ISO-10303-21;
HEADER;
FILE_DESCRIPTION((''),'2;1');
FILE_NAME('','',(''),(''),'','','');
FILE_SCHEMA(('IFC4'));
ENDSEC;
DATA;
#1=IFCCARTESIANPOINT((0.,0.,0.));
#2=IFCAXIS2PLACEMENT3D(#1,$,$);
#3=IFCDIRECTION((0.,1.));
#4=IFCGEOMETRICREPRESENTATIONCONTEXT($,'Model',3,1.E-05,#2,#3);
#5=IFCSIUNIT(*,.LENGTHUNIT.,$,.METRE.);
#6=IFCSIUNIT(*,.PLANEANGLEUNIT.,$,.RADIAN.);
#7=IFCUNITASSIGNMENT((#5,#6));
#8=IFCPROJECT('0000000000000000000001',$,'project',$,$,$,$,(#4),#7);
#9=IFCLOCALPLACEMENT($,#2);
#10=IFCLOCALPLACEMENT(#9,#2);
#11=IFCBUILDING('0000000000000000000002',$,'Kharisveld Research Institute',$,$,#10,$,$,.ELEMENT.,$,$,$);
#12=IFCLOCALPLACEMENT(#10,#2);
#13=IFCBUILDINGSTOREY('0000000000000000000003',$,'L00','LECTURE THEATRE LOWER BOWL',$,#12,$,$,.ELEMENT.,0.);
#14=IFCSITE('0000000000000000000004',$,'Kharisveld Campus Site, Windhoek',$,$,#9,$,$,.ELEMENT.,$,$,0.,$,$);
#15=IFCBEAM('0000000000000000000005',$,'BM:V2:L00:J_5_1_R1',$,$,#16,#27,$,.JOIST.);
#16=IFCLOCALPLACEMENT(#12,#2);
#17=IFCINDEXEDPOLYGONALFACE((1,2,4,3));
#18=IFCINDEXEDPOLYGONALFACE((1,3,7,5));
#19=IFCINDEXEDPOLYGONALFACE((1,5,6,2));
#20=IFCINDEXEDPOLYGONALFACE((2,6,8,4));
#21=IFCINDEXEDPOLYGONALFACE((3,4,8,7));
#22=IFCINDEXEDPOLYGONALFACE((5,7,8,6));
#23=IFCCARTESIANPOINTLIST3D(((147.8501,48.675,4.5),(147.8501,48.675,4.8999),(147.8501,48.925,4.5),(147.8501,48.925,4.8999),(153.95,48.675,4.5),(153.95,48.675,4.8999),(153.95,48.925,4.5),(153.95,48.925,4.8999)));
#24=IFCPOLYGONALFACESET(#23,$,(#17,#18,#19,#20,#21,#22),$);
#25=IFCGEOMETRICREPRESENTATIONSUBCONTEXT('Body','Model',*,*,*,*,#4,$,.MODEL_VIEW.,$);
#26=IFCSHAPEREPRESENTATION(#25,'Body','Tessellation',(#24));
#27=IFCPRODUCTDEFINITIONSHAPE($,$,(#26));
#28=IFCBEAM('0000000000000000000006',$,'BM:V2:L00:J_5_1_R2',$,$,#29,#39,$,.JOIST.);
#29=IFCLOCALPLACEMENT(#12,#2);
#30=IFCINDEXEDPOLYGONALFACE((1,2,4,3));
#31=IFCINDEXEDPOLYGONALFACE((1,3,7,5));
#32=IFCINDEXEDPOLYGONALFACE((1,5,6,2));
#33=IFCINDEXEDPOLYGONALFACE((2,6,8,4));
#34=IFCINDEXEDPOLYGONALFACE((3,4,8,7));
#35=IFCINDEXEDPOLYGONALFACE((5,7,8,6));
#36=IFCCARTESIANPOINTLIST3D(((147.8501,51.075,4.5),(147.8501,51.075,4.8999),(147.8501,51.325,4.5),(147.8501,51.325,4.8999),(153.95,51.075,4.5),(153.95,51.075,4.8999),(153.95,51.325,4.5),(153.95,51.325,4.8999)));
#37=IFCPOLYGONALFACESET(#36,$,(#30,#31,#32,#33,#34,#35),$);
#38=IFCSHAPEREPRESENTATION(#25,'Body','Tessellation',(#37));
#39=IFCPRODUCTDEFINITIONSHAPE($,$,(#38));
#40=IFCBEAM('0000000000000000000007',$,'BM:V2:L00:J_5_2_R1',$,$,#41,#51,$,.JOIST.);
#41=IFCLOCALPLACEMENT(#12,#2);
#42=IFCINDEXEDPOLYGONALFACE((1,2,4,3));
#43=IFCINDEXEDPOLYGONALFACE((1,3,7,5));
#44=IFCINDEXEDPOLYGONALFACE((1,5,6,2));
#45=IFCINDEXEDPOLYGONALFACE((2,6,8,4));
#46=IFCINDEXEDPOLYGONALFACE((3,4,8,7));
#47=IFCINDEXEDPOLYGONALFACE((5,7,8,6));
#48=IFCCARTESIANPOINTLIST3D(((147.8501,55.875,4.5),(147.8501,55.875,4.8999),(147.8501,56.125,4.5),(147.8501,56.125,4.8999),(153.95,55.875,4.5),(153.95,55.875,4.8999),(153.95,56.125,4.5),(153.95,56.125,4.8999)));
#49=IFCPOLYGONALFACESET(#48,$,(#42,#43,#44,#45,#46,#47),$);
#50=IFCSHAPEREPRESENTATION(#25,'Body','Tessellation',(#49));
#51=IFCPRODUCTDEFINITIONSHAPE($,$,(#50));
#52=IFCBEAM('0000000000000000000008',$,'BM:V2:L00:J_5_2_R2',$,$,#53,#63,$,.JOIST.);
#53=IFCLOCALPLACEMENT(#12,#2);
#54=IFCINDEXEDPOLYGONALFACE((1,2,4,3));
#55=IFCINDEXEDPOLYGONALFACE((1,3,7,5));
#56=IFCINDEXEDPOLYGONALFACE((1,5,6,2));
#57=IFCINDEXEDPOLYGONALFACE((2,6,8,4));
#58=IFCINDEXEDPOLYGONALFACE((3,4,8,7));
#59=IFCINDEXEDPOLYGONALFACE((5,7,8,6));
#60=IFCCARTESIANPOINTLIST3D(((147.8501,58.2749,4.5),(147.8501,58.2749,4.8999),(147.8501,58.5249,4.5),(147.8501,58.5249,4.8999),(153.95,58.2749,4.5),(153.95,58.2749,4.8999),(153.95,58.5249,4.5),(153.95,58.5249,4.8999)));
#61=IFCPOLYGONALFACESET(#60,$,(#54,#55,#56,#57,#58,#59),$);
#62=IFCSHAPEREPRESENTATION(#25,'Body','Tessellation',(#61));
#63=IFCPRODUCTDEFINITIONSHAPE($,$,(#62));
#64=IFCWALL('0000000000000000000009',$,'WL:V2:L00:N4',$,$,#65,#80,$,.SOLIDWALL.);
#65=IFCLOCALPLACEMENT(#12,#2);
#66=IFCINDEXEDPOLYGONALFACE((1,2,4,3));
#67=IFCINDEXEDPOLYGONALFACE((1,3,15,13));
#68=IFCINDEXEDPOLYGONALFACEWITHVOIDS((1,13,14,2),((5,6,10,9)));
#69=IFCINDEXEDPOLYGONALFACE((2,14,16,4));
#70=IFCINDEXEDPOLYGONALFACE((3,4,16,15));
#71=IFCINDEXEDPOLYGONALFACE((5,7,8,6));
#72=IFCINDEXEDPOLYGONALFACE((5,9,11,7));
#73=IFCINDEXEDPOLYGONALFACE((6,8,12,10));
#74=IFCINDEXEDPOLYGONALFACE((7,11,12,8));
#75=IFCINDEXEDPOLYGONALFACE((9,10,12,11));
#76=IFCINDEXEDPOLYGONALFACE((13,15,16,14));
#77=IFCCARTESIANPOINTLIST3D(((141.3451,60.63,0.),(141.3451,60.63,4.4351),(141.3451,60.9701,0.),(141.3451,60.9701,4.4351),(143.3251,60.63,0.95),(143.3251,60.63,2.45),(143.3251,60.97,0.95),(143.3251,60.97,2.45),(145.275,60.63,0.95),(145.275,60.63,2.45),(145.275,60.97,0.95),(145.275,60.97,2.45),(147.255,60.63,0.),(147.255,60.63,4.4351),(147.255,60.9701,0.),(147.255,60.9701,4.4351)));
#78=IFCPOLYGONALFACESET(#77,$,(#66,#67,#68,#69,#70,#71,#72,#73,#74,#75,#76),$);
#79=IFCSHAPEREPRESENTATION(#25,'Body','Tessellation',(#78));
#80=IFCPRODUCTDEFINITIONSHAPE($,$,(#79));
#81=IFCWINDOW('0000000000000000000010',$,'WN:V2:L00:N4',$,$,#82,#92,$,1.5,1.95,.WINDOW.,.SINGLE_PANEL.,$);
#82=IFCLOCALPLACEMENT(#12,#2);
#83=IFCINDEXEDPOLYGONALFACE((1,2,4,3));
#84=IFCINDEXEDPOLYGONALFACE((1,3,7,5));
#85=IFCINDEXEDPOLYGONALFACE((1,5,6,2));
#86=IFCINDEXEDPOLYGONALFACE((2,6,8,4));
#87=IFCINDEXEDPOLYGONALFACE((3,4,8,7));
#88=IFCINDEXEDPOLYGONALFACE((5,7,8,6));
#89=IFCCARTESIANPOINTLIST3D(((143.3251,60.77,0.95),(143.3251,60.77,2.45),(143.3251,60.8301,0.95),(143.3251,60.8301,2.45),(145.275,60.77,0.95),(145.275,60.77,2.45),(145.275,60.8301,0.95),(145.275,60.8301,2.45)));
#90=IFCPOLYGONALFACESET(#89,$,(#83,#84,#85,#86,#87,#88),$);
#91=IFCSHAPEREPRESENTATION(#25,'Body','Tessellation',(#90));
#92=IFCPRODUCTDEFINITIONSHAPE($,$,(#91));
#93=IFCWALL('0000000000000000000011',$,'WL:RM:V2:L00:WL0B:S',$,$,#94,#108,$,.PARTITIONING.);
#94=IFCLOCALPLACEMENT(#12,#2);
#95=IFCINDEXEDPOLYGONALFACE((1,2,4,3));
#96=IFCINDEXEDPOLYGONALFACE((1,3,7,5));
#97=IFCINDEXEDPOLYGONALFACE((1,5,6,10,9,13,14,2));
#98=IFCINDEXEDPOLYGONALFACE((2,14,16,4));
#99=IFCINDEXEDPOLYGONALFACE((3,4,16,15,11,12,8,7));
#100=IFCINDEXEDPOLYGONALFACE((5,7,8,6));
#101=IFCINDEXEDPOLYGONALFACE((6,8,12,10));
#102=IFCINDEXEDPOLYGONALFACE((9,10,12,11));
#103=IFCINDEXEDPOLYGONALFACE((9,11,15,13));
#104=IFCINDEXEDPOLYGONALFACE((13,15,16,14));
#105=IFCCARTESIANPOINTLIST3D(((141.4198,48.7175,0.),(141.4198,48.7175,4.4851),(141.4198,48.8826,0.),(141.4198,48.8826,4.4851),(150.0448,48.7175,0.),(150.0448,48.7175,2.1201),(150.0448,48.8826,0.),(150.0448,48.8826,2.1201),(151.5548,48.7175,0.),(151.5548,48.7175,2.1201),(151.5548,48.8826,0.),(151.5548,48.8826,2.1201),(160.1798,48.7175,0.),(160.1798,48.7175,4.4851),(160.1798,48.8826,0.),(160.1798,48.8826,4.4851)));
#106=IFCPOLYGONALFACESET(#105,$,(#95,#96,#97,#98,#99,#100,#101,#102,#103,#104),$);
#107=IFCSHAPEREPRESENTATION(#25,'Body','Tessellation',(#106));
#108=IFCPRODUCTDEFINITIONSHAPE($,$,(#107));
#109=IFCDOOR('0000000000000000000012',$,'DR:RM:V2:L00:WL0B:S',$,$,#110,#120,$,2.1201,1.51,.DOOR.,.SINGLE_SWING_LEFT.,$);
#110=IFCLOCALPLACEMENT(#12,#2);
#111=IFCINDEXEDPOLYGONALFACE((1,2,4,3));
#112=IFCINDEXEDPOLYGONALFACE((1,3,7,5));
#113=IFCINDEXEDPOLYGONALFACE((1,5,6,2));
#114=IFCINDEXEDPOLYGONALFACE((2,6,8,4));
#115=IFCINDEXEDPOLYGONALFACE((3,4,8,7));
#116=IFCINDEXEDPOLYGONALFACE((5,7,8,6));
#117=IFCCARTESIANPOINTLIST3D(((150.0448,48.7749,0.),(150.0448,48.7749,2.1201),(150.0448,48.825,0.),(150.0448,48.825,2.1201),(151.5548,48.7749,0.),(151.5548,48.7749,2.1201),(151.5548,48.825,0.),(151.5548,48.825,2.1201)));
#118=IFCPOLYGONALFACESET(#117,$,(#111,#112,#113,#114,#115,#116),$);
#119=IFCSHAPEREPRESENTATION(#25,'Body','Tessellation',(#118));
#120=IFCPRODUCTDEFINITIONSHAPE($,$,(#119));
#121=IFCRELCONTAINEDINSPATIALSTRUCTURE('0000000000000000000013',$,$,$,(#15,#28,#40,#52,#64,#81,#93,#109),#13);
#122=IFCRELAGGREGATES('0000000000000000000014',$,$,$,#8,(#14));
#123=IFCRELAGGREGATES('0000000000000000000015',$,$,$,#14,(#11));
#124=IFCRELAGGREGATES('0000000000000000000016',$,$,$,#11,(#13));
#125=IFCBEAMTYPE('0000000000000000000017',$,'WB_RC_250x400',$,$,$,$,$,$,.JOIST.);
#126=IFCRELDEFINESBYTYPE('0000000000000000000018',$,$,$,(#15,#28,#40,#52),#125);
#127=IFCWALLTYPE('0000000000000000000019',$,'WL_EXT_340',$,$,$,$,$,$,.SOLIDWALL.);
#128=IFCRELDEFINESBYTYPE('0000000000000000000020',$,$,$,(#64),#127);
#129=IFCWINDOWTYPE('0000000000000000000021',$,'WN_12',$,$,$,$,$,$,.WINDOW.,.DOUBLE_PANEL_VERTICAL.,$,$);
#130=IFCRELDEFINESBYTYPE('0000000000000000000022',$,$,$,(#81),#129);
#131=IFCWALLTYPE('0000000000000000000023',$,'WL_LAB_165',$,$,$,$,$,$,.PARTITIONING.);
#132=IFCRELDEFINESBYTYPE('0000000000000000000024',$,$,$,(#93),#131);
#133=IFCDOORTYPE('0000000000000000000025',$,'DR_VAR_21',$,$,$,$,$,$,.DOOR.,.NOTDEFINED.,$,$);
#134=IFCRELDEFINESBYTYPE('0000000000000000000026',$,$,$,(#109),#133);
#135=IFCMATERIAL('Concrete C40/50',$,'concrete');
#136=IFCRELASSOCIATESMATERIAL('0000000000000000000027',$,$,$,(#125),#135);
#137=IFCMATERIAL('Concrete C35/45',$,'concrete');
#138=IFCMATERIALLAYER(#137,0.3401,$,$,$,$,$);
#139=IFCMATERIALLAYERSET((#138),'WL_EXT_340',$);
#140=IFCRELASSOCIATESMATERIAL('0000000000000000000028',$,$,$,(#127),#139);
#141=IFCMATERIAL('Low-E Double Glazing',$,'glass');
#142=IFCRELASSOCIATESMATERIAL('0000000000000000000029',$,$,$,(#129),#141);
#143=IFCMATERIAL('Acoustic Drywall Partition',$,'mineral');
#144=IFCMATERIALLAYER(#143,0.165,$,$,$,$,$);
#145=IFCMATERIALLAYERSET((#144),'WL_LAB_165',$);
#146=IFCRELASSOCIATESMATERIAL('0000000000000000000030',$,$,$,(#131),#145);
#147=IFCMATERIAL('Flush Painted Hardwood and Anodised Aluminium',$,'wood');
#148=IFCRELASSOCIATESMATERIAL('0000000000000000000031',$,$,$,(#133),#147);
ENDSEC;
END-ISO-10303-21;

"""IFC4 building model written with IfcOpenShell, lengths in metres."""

from ifc_helpers import new_model, si_unit, direction, frame, frame_2d, origin, origin_2d, place, context, subcontext, project, spatial, rectangle, extrude, material, layer, layer_set, material_profile, profile_set, type_object, element, fill, save


model = new_model("IFC4")

# Units and contexts
model_context = context("Model", 3, precision=1e-05, world=origin(), true_north=direction((0.0, 1.0)))
body_context = subcontext(model_context, "Body", "Model", "MODEL_VIEW")
ifc_project = project(units=[si_unit("LENGTHUNIT", "METRE"), si_unit("PLANEANGLEUNIT", "RADIAN")], contexts=[model_context])

# Site, building, storey
site_placement = place(None, origin())
site = spatial("IfcSite", under=ifc_project, at=site_placement, Name="Kharisveld Campus Site, Windhoek", CompositionType="ELEMENT", RefElevation=0.0)
building_placement = place(site_placement, origin())
building = spatial("IfcBuilding", under=site, at=building_placement, Name="Kharisveld Research Institute", CompositionType="ELEMENT")
storey_placement = place(building_placement, origin())
storey = spatial("IfcBuildingStorey", under=building, at=storey_placement, Name="L00", Description="LECTURE THEATRE LOWER BOWL", CompositionType="ELEMENT", Elevation=0.0)

# Beams
ifc_material_1 = material(Name="Concrete C40/50", Category="concrete")
ifc_material_profile_1 = material_profile(ifc_material_1, rectangle(XDim=0.25, YDim=0.3999, at=origin_2d()))
ifc_profile_set_1 = profile_set([ifc_material_profile_1], Name="Concrete C40/50")
beam_type_1 = type_object("IfcBeamType", Name="WB_RC_250x400", PredefinedType="JOIST", material=ifc_profile_set_1)
for number, where, z_axis, x_axis, name in (
    (1, (147.8501, 48.8, 4.7), (1.0, 0.0, 0.0), (0.0, 1.0, 0.0), "BM:V2:L00:J_5_1_R1"),
    (2, (147.8501, 51.2, 4.7), (1.0, 0.0, 0.0), (0.0, 1.0, 0.0), "BM:V2:L00:J_5_1_R2"),
    (3, (147.8501, 56.0, 4.7), (1.0, 0.0, 0.0), (0.0, 1.0, 0.0), "BM:V2:L00:J_5_2_R1"),
    (4, (147.8501, 58.3999, 4.7), (1.0, 0.0, 0.0), (0.0, 1.0, 0.0), "BM:V2:L00:J_5_2_R2"),
):
    element("IfcBeam", number, at=place(storey_placement, frame(where, z_axis=z_axis, x_axis=x_axis)), inside=storey, type_object=beam_type_1, Name=name, PredefinedType="JOIST", context=body_context, shape_type="SweptSolid", body=[
        extrude(rectangle(XDim=0.25, YDim=0.3999, at=origin_2d()), origin(), (0.0, 0.0, 1.0), 6.0999),
    ])

# Wall, opening, window
ifc_material_2 = material(Name="Concrete C35/45", Category="concrete")
ifc_layer_1 = layer(ifc_material_2, 0.3401)
ifc_layer_set_1 = layer_set([ifc_layer_1], Name="WL_EXT_340")
wall_type_1 = type_object("IfcWallType", Name="WL_EXT_340", PredefinedType="SOLIDWALL", material=ifc_layer_set_1)
wall_1_placement = place(storey_placement, frame((141.345, 60.8, 0.0), z_axis=(0.0, 0.0, 1.0), x_axis=(1.0, 0.0, 0.0)))
wall_1 = element("IfcWall", 5, at=wall_1_placement, inside=storey, type_object=wall_type_1, Name="WL:V2:L00:N4", PredefinedType="SOLIDWALL", context=body_context, shape_type="SweptSolid", body=[
    extrude(rectangle(XDim=5.9099, YDim=0.3401, at=frame_2d((2.9551, 0.0))), origin(), (0.0, 0.0, 1.0), 4.4351),
])
opening_1_placement = place(wall_1_placement, frame((1.98, 0.0, 0.95)))
opening_1 = element("IfcOpeningElement", 6, at=opening_1_placement, cuts=wall_1, PredefinedType="OPENING", context=body_context, shape_type="SweptSolid", body=[
    extrude(rectangle(XDim=1.95, YDim=1.5, at=frame_2d((0.9751, 0.75))), frame((0.0, 0.1699, 0.0), z_axis=(0.0, -1.0, 0.0), x_axis=(1.0, 0.0, 0.0)), (0.0, 0.0, 1.0), 0.3401),
])
ifc_material_3 = material(Name="Low-E Double Glazing", Category="glass")
window_type = type_object("IfcWindowType", Name="WN_12", PartitioningType="DOUBLE_PANEL_VERTICAL", PredefinedType="WINDOW", material=ifc_material_3)
window_placement = place(opening_1_placement, origin())
window = element("IfcWindow", 7, at=window_placement, inside=storey, type_object=window_type, Name="WN:V2:L00:N4", OverallHeight=1.5, OverallWidth=1.95, PartitioningType="SINGLE_PANEL", PredefinedType="WINDOW", context=body_context, shape_type="SweptSolid", body=[
    extrude(rectangle(XDim=1.95, YDim=1.5, at=frame_2d((0.9751, 0.75))), frame((0.0, 0.03, 0.0), z_axis=(0.0, -1.0, 0.0), x_axis=(1.0, 0.0, 0.0)), (0.0, 0.0, 1.0), 0.0601),
])
fill(opening_1, window)

# Wall, opening, door
ifc_material_4 = material(Name="Acoustic Drywall Partition", Category="mineral")
ifc_layer_2 = layer(ifc_material_4, 0.165)
ifc_layer_set_2 = layer_set([ifc_layer_2], Name="WL_LAB_165")
wall_type_2 = type_object("IfcWallType", Name="WL_LAB_165", PredefinedType="PARTITIONING", material=ifc_layer_set_2)
wall_2_placement = place(storey_placement, frame((141.4199, 48.8, 0.0), z_axis=(0.0, 0.0, 1.0), x_axis=(1.0, 0.0, 0.0)))
wall_2 = element("IfcWall", 8, at=wall_2_placement, inside=storey, type_object=wall_type_2, Name="WL:RM:V2:L00:WL0B:S", PredefinedType="PARTITIONING", context=body_context, shape_type="SweptSolid", body=[
    extrude(rectangle(XDim=18.76, YDim=0.165, at=frame_2d((9.3799, 0.0))), origin(), (0.0, 0.0, 1.0), 4.4851),
])
opening_2_placement = place(wall_2_placement, frame((8.625, 0.0, 0.0)))
opening_2 = element("IfcOpeningElement", 9, at=opening_2_placement, cuts=wall_2, PredefinedType="OPENING", context=body_context, shape_type="SweptSolid", body=[
    extrude(rectangle(XDim=1.51, YDim=2.1201, at=frame_2d((0.7549, 1.0601))), frame((0.0, 0.0825, 0.0), z_axis=(0.0, -1.0, 0.0), x_axis=(1.0, 0.0, 0.0)), (0.0, 0.0, 1.0), 0.165),
])
ifc_material_5 = material(Name="Flush Painted Hardwood and Anodised Aluminium", Category="wood")
door_type_1 = type_object("IfcDoorType", Name="DR_VAR_21", OperationType="NOTDEFINED", PredefinedType="DOOR", material=ifc_material_5)
door_1_placement = place(opening_2_placement, origin())
door_1 = element("IfcDoor", 10, at=door_1_placement, inside=storey, type_object=door_type_1, Name="DR:RM:V2:L00:WL0B:S", OperationType="SINGLE_SWING_LEFT", OverallHeight=2.1201, OverallWidth=1.51, PredefinedType="DOOR", context=body_context, shape_type="SweptSolid", body=[
    extrude(rectangle(XDim=1.51, YDim=2.1201, at=frame_2d((0.7549, 1.0601))), frame((0.0, 0.0249, 0.0), z_axis=(0.0, -1.0, 0.0), x_axis=(1.0, 0.0, 0.0)), (0.0, 0.0, 1.0), 0.05),
])
fill(opening_2, door_1)

save(model, "model.ifc")
